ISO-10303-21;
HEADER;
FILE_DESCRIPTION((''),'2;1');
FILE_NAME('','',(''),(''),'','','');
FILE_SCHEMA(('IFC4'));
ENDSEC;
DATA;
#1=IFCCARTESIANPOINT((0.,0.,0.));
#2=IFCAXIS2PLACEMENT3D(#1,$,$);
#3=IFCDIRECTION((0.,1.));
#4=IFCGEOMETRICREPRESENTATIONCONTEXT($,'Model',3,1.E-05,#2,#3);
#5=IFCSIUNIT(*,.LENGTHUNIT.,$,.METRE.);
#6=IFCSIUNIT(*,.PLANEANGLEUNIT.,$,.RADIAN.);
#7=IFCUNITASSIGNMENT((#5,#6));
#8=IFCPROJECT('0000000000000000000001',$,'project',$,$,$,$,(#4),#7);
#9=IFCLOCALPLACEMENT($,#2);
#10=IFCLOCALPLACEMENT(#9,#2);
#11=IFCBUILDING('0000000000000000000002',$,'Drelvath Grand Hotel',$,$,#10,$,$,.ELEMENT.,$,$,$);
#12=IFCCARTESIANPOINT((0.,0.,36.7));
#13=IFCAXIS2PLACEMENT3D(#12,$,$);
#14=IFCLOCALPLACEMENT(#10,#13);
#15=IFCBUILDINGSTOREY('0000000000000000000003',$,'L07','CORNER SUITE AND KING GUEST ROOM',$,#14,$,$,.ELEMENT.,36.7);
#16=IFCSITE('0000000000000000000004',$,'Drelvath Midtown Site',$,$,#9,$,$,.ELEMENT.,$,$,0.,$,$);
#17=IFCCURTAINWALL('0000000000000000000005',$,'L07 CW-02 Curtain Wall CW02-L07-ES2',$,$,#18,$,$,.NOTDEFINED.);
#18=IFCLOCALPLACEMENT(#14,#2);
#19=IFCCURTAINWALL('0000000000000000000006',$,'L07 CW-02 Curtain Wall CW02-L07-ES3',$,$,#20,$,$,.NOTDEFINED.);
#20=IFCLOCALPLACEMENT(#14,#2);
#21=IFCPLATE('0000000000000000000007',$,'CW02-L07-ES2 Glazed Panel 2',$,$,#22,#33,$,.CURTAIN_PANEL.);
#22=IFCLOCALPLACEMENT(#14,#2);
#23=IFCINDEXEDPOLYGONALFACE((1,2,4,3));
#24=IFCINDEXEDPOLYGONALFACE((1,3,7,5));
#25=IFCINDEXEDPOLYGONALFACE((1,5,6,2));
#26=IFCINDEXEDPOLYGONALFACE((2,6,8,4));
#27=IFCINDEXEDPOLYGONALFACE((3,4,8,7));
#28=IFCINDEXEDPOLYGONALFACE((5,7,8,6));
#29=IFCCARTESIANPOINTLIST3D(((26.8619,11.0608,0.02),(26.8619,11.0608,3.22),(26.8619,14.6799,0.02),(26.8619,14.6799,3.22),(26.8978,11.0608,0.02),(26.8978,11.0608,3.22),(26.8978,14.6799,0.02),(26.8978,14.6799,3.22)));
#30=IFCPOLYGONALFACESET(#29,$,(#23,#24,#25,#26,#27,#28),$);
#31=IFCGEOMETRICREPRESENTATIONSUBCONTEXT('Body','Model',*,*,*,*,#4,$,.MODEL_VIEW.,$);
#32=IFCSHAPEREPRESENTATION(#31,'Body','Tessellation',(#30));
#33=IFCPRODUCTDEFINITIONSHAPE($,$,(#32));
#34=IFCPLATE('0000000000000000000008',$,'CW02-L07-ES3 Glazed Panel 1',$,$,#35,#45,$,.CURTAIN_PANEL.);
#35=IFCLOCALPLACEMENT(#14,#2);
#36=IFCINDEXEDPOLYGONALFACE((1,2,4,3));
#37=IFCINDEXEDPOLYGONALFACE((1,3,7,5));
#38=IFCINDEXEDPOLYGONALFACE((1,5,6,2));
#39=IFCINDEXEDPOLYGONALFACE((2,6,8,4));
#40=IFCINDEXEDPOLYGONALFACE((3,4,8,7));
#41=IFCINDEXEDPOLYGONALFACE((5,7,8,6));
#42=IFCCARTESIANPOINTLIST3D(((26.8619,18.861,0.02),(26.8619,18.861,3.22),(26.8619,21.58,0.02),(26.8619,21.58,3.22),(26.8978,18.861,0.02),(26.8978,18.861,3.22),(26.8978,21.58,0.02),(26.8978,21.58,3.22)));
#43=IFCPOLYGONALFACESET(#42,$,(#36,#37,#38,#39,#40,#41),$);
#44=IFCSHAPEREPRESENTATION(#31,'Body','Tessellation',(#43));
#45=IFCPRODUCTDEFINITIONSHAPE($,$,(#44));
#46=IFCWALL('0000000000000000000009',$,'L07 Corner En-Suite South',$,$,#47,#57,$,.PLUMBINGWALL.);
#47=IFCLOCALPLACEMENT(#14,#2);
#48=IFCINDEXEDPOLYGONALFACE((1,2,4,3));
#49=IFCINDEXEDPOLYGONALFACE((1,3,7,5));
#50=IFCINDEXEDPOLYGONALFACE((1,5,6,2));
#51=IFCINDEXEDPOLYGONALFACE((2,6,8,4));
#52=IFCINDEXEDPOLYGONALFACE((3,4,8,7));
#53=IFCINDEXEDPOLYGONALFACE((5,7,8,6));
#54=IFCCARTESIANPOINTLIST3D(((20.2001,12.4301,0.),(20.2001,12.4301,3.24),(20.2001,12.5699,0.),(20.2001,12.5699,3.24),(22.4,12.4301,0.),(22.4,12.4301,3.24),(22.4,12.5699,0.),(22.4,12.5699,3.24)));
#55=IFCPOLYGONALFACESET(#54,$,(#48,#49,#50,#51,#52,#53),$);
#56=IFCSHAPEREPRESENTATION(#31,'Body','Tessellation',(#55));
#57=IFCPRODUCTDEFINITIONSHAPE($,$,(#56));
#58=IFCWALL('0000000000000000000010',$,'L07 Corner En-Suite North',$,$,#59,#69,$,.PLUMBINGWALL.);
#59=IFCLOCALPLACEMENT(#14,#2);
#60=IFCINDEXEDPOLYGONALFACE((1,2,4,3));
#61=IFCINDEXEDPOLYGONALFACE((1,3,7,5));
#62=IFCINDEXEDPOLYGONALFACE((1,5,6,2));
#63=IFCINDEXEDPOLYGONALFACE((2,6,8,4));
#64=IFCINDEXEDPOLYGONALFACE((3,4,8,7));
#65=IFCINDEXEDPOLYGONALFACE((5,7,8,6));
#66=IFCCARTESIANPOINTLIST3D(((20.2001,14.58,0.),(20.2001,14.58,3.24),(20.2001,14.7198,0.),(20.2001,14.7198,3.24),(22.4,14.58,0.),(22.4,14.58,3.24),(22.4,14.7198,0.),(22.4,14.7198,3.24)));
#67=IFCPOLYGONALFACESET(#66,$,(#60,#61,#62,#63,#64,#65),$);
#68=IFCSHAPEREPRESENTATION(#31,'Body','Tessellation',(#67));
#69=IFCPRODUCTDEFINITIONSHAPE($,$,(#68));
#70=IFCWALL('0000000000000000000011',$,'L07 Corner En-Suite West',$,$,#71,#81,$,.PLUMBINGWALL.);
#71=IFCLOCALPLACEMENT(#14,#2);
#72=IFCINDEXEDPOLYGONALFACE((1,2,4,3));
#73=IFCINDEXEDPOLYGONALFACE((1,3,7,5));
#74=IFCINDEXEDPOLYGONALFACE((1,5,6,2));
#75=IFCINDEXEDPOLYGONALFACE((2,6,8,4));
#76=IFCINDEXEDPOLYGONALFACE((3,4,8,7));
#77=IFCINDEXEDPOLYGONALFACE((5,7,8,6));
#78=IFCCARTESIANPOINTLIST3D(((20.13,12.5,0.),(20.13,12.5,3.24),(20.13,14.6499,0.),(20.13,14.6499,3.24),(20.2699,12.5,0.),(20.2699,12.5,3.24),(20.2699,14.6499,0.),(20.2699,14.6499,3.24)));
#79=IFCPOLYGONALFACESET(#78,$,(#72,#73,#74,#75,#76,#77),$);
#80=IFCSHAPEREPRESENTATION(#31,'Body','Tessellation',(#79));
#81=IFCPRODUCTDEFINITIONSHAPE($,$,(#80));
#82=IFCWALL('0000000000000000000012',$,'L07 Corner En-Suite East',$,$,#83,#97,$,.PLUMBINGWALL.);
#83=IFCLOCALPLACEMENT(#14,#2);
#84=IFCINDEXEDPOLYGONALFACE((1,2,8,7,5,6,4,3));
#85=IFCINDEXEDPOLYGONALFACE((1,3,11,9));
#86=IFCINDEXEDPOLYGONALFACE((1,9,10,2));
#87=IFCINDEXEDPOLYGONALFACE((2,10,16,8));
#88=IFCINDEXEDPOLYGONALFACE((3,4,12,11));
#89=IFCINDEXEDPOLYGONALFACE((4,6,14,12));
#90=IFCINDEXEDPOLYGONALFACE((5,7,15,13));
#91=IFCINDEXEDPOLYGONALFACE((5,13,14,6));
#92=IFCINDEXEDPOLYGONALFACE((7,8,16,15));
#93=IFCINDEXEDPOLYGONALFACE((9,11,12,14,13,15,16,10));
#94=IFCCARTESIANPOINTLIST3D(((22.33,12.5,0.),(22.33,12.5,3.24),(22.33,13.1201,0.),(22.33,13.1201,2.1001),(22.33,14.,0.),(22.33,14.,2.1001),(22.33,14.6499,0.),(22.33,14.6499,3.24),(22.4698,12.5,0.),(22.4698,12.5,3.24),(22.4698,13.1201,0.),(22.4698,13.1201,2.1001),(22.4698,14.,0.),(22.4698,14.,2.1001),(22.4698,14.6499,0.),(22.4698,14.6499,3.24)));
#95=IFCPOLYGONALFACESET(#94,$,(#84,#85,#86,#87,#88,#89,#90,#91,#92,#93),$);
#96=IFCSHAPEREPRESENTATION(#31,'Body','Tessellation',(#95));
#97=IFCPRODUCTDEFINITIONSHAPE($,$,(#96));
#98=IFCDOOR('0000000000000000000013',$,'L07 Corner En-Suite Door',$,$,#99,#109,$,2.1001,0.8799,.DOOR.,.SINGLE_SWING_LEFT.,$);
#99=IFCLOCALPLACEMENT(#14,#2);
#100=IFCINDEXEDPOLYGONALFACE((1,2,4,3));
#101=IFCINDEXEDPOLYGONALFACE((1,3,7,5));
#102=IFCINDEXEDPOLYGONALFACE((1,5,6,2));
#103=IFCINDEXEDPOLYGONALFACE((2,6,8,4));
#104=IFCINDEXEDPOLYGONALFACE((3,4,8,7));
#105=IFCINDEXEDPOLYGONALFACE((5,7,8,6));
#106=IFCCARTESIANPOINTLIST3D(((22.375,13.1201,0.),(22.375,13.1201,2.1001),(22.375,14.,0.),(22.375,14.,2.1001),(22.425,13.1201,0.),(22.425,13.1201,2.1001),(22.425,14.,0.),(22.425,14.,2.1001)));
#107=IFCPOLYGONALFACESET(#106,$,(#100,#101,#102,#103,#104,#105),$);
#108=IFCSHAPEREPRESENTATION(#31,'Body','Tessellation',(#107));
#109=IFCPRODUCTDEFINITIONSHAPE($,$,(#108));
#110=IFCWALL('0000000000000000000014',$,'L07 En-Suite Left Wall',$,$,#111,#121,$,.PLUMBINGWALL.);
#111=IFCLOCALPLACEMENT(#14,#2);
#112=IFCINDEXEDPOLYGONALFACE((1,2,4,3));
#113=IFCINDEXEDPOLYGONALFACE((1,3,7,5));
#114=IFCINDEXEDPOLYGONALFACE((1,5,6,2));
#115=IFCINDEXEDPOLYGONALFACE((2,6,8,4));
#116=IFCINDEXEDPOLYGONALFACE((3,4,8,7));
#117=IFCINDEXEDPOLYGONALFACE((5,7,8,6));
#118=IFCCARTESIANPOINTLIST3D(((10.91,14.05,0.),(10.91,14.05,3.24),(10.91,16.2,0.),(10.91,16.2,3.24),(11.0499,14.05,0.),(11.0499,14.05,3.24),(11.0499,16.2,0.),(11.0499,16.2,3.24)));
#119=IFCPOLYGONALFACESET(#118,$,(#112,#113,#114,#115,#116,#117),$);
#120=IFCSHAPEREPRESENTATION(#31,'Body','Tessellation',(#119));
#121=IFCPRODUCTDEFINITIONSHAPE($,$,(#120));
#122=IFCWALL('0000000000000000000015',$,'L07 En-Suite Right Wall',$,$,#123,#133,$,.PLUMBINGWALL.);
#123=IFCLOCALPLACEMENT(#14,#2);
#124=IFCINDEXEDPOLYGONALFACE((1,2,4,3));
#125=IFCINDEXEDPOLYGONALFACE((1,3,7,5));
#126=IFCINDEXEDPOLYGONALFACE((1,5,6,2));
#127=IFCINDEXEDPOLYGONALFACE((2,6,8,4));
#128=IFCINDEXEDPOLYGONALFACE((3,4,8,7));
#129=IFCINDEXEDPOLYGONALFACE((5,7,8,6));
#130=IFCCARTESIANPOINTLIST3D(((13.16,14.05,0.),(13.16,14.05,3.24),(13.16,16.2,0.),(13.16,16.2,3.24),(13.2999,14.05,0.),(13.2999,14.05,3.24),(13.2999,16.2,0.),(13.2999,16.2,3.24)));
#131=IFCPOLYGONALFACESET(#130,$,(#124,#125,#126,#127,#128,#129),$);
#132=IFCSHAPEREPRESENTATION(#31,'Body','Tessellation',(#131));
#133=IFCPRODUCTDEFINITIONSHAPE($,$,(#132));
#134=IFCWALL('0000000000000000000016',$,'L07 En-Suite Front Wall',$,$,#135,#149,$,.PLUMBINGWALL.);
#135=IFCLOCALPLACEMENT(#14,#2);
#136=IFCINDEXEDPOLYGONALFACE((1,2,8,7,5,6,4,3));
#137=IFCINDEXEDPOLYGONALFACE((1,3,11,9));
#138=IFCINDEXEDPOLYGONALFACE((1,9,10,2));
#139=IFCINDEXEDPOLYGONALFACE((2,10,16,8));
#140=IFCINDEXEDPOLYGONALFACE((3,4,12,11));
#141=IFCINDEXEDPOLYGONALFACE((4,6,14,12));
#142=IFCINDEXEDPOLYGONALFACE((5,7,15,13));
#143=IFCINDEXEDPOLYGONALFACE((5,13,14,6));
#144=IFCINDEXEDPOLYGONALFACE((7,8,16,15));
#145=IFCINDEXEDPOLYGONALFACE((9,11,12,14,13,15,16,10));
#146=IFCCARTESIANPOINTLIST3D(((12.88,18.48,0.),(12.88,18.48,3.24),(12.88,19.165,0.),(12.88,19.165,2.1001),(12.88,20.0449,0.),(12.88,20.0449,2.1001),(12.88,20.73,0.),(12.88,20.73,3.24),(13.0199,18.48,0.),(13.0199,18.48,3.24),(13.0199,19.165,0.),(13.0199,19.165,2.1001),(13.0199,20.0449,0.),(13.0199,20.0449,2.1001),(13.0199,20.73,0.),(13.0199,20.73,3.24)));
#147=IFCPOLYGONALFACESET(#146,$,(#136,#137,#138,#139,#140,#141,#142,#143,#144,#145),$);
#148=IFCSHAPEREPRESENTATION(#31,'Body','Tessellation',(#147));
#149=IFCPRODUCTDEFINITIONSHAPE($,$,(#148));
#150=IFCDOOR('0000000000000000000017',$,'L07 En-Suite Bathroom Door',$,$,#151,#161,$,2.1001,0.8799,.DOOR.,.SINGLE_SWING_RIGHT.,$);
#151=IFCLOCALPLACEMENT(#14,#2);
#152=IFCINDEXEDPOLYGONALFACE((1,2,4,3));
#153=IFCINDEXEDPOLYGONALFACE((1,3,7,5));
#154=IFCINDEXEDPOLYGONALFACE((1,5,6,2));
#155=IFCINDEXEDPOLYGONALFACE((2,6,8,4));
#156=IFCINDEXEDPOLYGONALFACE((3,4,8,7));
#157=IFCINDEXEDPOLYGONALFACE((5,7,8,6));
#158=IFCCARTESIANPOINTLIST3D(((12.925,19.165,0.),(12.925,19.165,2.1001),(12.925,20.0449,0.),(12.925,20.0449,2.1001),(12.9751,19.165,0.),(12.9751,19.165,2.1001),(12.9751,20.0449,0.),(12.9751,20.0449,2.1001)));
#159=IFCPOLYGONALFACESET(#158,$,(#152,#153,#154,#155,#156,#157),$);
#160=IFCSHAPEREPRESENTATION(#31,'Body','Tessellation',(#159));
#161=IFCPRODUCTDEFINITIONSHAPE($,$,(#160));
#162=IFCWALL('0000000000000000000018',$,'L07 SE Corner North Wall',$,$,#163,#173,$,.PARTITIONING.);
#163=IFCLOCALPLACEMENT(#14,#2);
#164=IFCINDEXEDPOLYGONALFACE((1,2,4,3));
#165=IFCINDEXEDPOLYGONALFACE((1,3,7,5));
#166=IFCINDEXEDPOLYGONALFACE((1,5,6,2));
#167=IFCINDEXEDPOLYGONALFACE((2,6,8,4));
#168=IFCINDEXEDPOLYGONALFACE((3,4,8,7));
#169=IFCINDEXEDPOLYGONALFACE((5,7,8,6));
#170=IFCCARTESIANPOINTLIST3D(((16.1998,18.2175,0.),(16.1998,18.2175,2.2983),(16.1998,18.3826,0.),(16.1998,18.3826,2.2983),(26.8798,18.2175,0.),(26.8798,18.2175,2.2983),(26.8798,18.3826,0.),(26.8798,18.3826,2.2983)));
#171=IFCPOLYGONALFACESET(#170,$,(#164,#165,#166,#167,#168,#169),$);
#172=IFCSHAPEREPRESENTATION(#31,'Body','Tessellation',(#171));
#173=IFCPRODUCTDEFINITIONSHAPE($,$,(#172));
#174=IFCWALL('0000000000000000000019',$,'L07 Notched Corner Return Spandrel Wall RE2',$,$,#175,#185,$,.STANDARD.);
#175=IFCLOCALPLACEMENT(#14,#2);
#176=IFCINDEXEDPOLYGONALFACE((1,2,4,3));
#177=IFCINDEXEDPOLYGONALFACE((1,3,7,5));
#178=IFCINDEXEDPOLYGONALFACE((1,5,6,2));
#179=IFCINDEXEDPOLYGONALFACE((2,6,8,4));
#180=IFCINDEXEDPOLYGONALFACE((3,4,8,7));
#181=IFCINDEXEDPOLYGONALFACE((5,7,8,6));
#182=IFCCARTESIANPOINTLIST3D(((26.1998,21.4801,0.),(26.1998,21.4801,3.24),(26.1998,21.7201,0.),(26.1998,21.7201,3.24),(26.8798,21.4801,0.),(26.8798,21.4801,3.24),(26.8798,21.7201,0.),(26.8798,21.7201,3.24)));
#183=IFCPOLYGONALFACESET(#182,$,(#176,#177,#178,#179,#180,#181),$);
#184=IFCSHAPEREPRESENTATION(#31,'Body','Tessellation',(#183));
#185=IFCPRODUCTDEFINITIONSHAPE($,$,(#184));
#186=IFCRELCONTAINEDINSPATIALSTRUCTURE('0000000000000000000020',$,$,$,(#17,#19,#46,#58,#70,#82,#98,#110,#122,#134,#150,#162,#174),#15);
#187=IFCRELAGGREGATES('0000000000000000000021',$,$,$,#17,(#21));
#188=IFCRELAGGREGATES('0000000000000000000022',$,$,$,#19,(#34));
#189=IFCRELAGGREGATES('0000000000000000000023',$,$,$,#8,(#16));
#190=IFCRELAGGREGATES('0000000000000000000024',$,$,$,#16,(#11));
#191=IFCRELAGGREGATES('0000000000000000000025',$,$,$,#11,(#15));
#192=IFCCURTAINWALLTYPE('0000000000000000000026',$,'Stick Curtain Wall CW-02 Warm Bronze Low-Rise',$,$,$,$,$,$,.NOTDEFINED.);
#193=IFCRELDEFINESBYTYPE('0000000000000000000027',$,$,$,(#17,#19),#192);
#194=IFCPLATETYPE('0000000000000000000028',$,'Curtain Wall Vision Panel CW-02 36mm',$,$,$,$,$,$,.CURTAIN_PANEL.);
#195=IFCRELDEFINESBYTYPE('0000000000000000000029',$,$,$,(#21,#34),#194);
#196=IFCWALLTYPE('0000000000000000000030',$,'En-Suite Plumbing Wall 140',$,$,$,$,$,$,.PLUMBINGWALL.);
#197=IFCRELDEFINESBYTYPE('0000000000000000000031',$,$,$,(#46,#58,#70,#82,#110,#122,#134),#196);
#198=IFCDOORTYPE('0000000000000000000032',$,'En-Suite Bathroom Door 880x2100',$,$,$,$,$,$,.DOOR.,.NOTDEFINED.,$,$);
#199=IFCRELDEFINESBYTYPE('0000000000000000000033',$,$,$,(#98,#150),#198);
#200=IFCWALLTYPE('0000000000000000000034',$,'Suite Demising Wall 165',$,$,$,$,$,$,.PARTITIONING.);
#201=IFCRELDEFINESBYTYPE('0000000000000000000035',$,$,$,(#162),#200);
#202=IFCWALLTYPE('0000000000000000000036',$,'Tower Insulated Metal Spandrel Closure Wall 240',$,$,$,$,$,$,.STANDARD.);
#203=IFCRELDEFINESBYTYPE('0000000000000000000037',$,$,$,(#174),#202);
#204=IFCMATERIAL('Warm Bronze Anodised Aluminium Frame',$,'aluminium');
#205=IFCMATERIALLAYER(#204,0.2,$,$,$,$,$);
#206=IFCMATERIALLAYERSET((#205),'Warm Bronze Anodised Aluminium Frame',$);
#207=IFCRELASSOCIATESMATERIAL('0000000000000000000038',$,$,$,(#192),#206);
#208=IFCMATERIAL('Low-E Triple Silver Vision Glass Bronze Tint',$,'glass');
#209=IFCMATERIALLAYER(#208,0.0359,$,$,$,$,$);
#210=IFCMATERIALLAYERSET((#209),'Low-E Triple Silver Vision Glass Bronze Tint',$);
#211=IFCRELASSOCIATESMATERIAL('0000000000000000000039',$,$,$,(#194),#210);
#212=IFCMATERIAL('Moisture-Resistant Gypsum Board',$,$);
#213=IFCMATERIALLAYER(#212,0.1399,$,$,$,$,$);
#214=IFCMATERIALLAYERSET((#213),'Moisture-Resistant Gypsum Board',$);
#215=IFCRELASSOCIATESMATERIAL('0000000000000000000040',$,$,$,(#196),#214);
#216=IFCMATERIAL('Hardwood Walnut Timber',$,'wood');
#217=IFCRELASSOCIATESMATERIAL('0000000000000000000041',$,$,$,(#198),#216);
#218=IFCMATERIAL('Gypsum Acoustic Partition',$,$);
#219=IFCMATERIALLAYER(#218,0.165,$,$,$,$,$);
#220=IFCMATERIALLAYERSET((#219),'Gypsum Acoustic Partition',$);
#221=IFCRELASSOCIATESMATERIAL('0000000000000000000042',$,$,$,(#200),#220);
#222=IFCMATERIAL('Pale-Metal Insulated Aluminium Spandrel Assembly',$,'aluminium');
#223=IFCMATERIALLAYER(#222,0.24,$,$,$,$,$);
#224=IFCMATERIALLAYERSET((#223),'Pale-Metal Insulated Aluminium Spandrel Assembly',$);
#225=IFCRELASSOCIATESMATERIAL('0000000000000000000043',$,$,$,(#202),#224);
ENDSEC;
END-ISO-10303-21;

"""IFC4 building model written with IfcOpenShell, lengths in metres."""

from ifc_helpers import new_model, si_unit, direction, frame, frame_2d, origin, origin_2d, place, context, subcontext, project, spatial, rectangle, extrude, material, layer, layer_set, type_object, element, fill, aggregate, save


model = new_model("IFC4")

# Units and contexts
model_context = context("Model", 3, precision=1e-05, world=origin(), true_north=direction((0.0, 1.0)))
body_context = subcontext(model_context, "Body", "Model", "MODEL_VIEW")
ifc_project = project(units=[si_unit("LENGTHUNIT", "METRE"), si_unit("PLANEANGLEUNIT", "RADIAN")], contexts=[model_context])

# Site, building, storey
site_placement = place(None, origin())
site = spatial("IfcSite", under=ifc_project, at=site_placement, Name="Drelvath Midtown Site", CompositionType="ELEMENT", RefElevation=0.0)
building_placement = place(site_placement, origin())
building = spatial("IfcBuilding", under=site, at=building_placement, Name="Drelvath Grand Hotel", CompositionType="ELEMENT")
storey_placement = place(building_placement, frame((0.0, 0.0, 36.7)))
storey = spatial("IfcBuildingStorey", under=building, at=storey_placement, Name="L07", Description="CORNER SUITE AND KING GUEST ROOM", CompositionType="ELEMENT", Elevation=36.7)

# Curtain walls
ifc_material_1 = material(Name="Warm Bronze Anodised Aluminium Frame", Category="aluminium")
ifc_layer_1 = layer(ifc_material_1, 0.2)
ifc_layer_set_1 = layer_set([ifc_layer_1], Name="Warm Bronze Anodised Aluminium Frame")
curtain_wall_type = type_object("IfcCurtainWallType", Name="Stick Curtain Wall CW-02 Warm Bronze Low-Rise", PredefinedType="NOTDEFINED", material=ifc_layer_set_1)
curtain_wall_1_placement = place(storey_placement, origin())
curtain_wall_1 = element("IfcCurtainWall", 1, at=curtain_wall_1_placement, inside=storey, type_object=curtain_wall_type, Name="L07 CW-02 Curtain Wall CW02-L07-ES2", PredefinedType="NOTDEFINED")
curtain_wall_2_placement = place(storey_placement, origin())
curtain_wall_2 = element("IfcCurtainWall", 2, at=curtain_wall_2_placement, inside=storey, type_object=curtain_wall_type, Name="L07 CW-02 Curtain Wall CW02-L07-ES3", PredefinedType="NOTDEFINED")

# Plates
ifc_material_2 = material(Name="Low-E Triple Silver Vision Glass Bronze Tint", Category="glass")
ifc_layer_2 = layer(ifc_material_2, 0.0359)
ifc_layer_set_2 = layer_set([ifc_layer_2], Name="Low-E Triple Silver Vision Glass Bronze Tint")
plate_type = type_object("IfcPlateType", Name="Curtain Wall Vision Panel CW-02 36mm", PredefinedType="CURTAIN_PANEL", material=ifc_layer_set_2)
plate_1_placement = place(storey_placement, frame((26.8799, 12.8704, 0.02), z_axis=(0.0, 0.0, 1.0), x_axis=(0.0, -1.0, 0.0)))
plate_1 = element("IfcPlate", 3, at=plate_1_placement, type_object=plate_type, Name="CW02-L07-ES2 Glazed Panel 2", PredefinedType="CURTAIN_PANEL", context=body_context, shape_type="SweptSolid", body=[
    extrude(rectangle(XDim=3.6191, YDim=0.0359, at=origin_2d()), origin(), (0.0, 0.0, 1.0), 3.2),
])
aggregate(curtain_wall_1, [plate_1])
plate_2_placement = place(storey_placement, frame((26.8799, 20.2205, 0.02), z_axis=(0.0, 0.0, 1.0), x_axis=(0.0, -1.0, 0.0)))
plate_2 = element("IfcPlate", 4, at=plate_2_placement, type_object=plate_type, Name="CW02-L07-ES3 Glazed Panel 1", PredefinedType="CURTAIN_PANEL", context=body_context, shape_type="SweptSolid", body=[
    extrude(rectangle(XDim=2.719, YDim=0.0359, at=origin_2d()), origin(), (0.0, 0.0, 1.0), 3.2),
])
aggregate(curtain_wall_2, [plate_2])

# Shared definitions
ifc_material_3 = material(Name="Hardwood Walnut Timber", Category="wood")

# Walls
ifc_material_4 = material(Name="Moisture-Resistant Gypsum Board")
ifc_layer_3 = layer(ifc_material_4, 0.1399)
ifc_layer_set_3 = layer_set([ifc_layer_3], Name="Moisture-Resistant Gypsum Board")
wall_type_1 = type_object("IfcWallType", Name="En-Suite Plumbing Wall 140", PredefinedType="PLUMBINGWALL", material=ifc_layer_set_3)
for number, where, z_axis, x_axis, name in (
    (5, (20.2, 12.5, 0.0), (0.0, 0.0, 1.0), (1.0, 0.0, 0.0), "L07 Corner En-Suite South"),
    (6, (20.2, 14.6499, 0.0), (0.0, 0.0, 1.0), (1.0, 0.0, 0.0), "L07 Corner En-Suite North"),
):
    element("IfcWall", number, at=place(storey_placement, frame(where, z_axis=z_axis, x_axis=x_axis)), inside=storey, type_object=wall_type_1, Name=name, PredefinedType="PLUMBINGWALL", context=body_context, shape_type="SweptSolid", body=[
        extrude(rectangle(XDim=2.2, YDim=0.1399, at=frame_2d((1.1001, 0.0))), origin(), (0.0, 0.0, 1.0), 3.24),
    ])
wall_1_placement = place(storey_placement, frame((20.2, 12.5, 0.0), z_axis=(0.0, 0.0, 1.0), x_axis=(0.0, 1.0, 0.0)))
element("IfcWall", 7, at=wall_1_placement, inside=storey, type_object=wall_type_1, Name="L07 Corner En-Suite West", PredefinedType="PLUMBINGWALL", context=body_context, shape_type="SweptSolid", body=[
    extrude(rectangle(XDim=2.1499, YDim=0.1399, at=frame_2d((1.075, 0.0))), origin(), (0.0, 0.0, 1.0), 3.24),
])

# Wall, opening, door
wall_2_placement = place(storey_placement, frame((22.3999, 12.5, 0.0), z_axis=(0.0, 0.0, 1.0), x_axis=(0.0, 1.0, 0.0)))
wall_2 = element("IfcWall", 8, at=wall_2_placement, inside=storey, type_object=wall_type_1, Name="L07 Corner En-Suite East", PredefinedType="PLUMBINGWALL", context=body_context, shape_type="SweptSolid", body=[
    extrude(rectangle(XDim=2.1499, YDim=0.1399, at=frame_2d((1.075, 0.0))), origin(), (0.0, 0.0, 1.0), 3.24),
])
opening_1_placement = place(wall_2_placement, frame((0.6201, 0.0, 0.0)))
opening_1 = element("IfcOpeningElement", 9, at=opening_1_placement, cuts=wall_2, PredefinedType="OPENING", context=body_context, shape_type="SweptSolid", body=[
    extrude(rectangle(XDim=0.8799, YDim=2.1001, at=frame_2d((0.4399, 1.05))), frame((0.0, 0.0798, 0.0), z_axis=(0.0, -1.0, 0.0), x_axis=(1.0, 0.0, 0.0)), (0.0, 0.0, 1.0), 0.1599),
])
door_type_1 = type_object("IfcDoorType", Name="En-Suite Bathroom Door 880x2100", OperationType="NOTDEFINED", PredefinedType="DOOR", material=ifc_material_3)
door_1_placement = place(opening_1_placement, origin())
door_1 = element("IfcDoor", 10, at=door_1_placement, inside=storey, type_object=door_type_1, Name="L07 Corner En-Suite Door", OperationType="SINGLE_SWING_LEFT", OverallHeight=2.1001, OverallWidth=0.8799, PredefinedType="DOOR", context=body_context, shape_type="SweptSolid", body=[
    extrude(rectangle(XDim=0.8799, YDim=2.1001, at=frame_2d((0.4399, 1.05))), frame((0.0, 0.0249, 0.0), z_axis=(0.0, -1.0, 0.0), x_axis=(1.0, 0.0, 0.0)), (0.0, 0.0, 1.0), 0.05),
])
fill(opening_1, door_1)

# Walls
for number, where, z_axis, x_axis, name in (
    (11, (10.98, 16.2, 0.0), (0.0, 0.0, 1.0), (0.0, -1.0, 0.0), "L07 En-Suite Left Wall"),
    (12, (13.23, 16.2, 0.0), (0.0, 0.0, 1.0), (0.0, -1.0, 0.0), "L07 En-Suite Right Wall"),
):
    element("IfcWall", number, at=place(storey_placement, frame(where, z_axis=z_axis, x_axis=x_axis)), inside=storey, type_object=wall_type_1, Name=name, PredefinedType="PLUMBINGWALL", context=body_context, shape_type="SweptSolid", body=[
        extrude(rectangle(XDim=2.1499, YDim=0.1399, at=frame_2d((1.075, 0.0))), origin(), (0.0, 0.0, 1.0), 3.24),
    ])

# Wall, opening, door
wall_3_placement = place(storey_placement, frame((12.95, 18.48, 0.0), z_axis=(0.0, 0.0, 1.0), x_axis=(0.0, 1.0, 0.0)))
wall_3 = element("IfcWall", 13, at=wall_3_placement, inside=storey, type_object=wall_type_1, Name="L07 En-Suite Front Wall", PredefinedType="PLUMBINGWALL", context=body_context, shape_type="SweptSolid", body=[
    extrude(rectangle(XDim=2.25, YDim=0.1399, at=frame_2d((1.125, 0.0))), origin(), (0.0, 0.0, 1.0), 3.24),
])
opening_2_placement = place(wall_3_placement, frame((0.6851, 0.0, 0.0)))
opening_2 = element("IfcOpeningElement", 14, at=opening_2_placement, cuts=wall_3, PredefinedType="OPENING", context=body_context, shape_type="SweptSolid", body=[
    extrude(rectangle(XDim=0.8799, YDim=2.1001, at=frame_2d((0.4399, 1.05))), frame((0.0, 0.0798, 0.0), z_axis=(0.0, -1.0, 0.0), x_axis=(1.0, 0.0, 0.0)), (0.0, 0.0, 1.0), 0.1599),
])
door_2_placement = place(opening_2_placement, origin())
door_2 = element("IfcDoor", 15, at=door_2_placement, inside=storey, type_object=door_type_1, Name="L07 En-Suite Bathroom Door", OperationType="SINGLE_SWING_RIGHT", OverallHeight=2.1001, OverallWidth=0.8799, PredefinedType="DOOR", context=body_context, shape_type="SweptSolid", body=[
    extrude(rectangle(XDim=0.8799, YDim=2.1001, at=frame_2d((0.4399, 1.05))), frame((0.0, 0.0249, 0.0), z_axis=(0.0, -1.0, 0.0), x_axis=(1.0, 0.0, 0.0)), (0.0, 0.0, 1.0), 0.05),
])
fill(opening_2, door_2)

# Walls
ifc_material_5 = material(Name="Gypsum Acoustic Partition")
ifc_layer_4 = layer(ifc_material_5, 0.165)
ifc_layer_set_4 = layer_set([ifc_layer_4], Name="Gypsum Acoustic Partition")
wall_type_2 = type_object("IfcWallType", Name="Suite Demising Wall 165", PredefinedType="PARTITIONING", material=ifc_layer_set_4)
wall_4_placement = place(storey_placement, frame((16.2, 18.3, 0.0), z_axis=(0.0, 0.0, 1.0), x_axis=(1.0, 0.0, 0.0)))
element("IfcWall", 16, at=wall_4_placement, inside=storey, type_object=wall_type_2, Name="L07 SE Corner North Wall", PredefinedType="PARTITIONING", context=body_context, shape_type="SweptSolid", body=[
    extrude(rectangle(XDim=10.6799, YDim=0.165, at=frame_2d((5.3398, 0.0))), origin(), (0.0, 0.0, 1.0), 2.2983),
])
ifc_material_6 = material(Name="Pale-Metal Insulated Aluminium Spandrel Assembly", Category="aluminium")
ifc_layer_5 = layer(ifc_material_6, 0.24)
ifc_layer_set_5 = layer_set([ifc_layer_5], Name="Pale-Metal Insulated Aluminium Spandrel Assembly")
wall_type_3 = type_object("IfcWallType", Name="Tower Insulated Metal Spandrel Closure Wall 240", PredefinedType="STANDARD", material=ifc_layer_set_5)
wall_5_placement = place(storey_placement, frame((26.2, 21.6001, 0.0), z_axis=(0.0, 0.0, 1.0), x_axis=(1.0, 0.0, 0.0)))
element("IfcWall", 17, at=wall_5_placement, inside=storey, type_object=wall_type_3, Name="L07 Notched Corner Return Spandrel Wall RE2", PredefinedType="STANDARD", context=body_context, shape_type="SweptSolid", body=[
    extrude(rectangle(XDim=0.6799, YDim=0.24, at=frame_2d((0.3398, 0.0))), origin(), (0.0, 0.0, 1.0), 3.24),
])

save(model, "model.ifc")
